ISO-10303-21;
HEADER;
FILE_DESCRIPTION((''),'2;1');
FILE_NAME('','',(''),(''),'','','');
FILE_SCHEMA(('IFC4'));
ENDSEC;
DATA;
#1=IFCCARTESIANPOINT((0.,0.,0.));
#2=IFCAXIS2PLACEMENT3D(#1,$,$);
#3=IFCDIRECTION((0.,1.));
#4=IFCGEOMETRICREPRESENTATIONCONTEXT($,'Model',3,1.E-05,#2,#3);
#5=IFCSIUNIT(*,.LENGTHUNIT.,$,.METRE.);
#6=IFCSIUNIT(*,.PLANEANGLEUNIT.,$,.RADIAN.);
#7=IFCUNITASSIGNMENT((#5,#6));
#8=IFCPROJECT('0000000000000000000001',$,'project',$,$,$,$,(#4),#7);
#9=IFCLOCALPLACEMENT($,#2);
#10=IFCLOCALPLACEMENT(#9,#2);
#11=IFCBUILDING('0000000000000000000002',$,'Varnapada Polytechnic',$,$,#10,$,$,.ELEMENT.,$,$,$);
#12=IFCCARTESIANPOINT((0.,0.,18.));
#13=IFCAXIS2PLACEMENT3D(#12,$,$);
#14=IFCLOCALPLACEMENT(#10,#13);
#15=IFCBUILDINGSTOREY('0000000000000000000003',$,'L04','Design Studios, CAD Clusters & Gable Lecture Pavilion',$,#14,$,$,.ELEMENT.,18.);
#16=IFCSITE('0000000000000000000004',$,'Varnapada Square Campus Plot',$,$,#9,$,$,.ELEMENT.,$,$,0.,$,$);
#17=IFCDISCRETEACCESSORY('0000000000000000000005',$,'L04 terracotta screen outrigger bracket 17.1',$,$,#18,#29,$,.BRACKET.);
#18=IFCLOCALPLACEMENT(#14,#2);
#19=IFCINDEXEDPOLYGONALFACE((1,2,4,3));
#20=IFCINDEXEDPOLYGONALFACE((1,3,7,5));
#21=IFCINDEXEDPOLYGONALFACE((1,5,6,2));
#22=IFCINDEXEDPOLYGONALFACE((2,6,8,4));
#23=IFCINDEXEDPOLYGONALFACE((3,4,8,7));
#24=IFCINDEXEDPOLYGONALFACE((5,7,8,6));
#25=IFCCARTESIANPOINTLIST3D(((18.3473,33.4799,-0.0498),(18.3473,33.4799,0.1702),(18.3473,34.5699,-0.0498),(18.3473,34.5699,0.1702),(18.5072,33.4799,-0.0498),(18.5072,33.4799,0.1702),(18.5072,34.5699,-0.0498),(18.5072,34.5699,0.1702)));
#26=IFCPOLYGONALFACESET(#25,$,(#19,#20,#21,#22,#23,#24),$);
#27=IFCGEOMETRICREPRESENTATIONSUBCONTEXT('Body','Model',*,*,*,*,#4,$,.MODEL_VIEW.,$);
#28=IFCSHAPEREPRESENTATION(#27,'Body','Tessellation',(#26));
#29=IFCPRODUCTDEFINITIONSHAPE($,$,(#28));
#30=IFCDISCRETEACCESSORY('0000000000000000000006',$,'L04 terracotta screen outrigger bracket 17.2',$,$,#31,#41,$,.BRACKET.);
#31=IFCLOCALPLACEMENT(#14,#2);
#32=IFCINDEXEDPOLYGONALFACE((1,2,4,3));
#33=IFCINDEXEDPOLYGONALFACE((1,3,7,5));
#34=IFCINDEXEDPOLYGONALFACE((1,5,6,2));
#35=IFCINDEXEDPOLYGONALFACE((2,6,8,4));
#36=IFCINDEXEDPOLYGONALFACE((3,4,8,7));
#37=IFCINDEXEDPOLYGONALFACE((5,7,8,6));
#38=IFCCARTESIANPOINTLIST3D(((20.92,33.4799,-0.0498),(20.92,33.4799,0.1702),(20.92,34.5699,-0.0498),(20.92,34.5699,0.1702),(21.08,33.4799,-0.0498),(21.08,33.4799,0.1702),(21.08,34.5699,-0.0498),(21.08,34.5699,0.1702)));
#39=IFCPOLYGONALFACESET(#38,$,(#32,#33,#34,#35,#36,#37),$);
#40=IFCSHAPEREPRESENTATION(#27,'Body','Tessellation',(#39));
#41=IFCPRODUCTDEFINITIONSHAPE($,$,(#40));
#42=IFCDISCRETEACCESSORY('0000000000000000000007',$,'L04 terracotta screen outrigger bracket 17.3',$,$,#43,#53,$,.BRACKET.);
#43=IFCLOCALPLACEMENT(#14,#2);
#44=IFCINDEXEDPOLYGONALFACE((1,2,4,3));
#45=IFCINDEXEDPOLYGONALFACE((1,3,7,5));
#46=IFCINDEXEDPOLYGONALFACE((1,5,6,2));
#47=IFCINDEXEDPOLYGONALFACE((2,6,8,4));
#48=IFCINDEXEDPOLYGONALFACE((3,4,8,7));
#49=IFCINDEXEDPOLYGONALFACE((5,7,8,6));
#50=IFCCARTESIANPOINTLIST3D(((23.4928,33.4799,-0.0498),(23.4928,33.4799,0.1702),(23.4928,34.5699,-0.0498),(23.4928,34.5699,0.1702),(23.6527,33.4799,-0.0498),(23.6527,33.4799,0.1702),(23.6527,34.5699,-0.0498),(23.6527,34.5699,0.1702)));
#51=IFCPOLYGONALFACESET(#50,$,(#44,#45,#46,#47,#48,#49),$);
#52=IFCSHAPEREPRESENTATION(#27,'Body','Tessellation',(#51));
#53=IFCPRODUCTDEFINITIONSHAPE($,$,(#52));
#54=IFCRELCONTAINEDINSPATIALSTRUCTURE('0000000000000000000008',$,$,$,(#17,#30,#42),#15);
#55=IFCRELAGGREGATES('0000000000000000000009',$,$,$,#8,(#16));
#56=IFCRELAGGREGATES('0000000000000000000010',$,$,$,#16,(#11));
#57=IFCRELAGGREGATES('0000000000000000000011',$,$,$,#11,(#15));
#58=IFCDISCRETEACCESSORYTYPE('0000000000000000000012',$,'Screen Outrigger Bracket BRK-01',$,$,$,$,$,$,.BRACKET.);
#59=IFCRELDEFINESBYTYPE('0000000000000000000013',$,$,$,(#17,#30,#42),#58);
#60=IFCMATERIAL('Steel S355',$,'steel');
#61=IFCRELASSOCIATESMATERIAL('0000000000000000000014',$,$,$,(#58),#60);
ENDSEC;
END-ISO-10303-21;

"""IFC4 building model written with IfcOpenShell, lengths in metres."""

from ifc_helpers import new_model, si_unit, direction, frame, origin, origin_2d, place, context, subcontext, project, spatial, rectangle, extrude, material, type_object, element, save


model = new_model("IFC4")

# Units and contexts
model_context = context("Model", 3, precision=1e-05, world=origin(), true_north=direction((0.0, 1.0)))
body_context = subcontext(model_context, "Body", "Model", "MODEL_VIEW")
ifc_project = project(units=[si_unit("LENGTHUNIT", "METRE"), si_unit("PLANEANGLEUNIT", "RADIAN")], contexts=[model_context])

# Site, building, storey
site_placement = place(None, origin())
site = spatial("IfcSite", under=ifc_project, at=site_placement, Name="Varnapada Square Campus Plot", CompositionType="ELEMENT", RefElevation=0.0)
building_placement = place(site_placement, origin())
building = spatial("IfcBuilding", under=site, at=building_placement, Name="Varnapada Polytechnic", CompositionType="ELEMENT")
storey_placement = place(building_placement, frame((0.0, 0.0, 18.0)))
storey = spatial("IfcBuildingStorey", under=building, at=storey_placement, Name="L04", Description="Design Studios, CAD Clusters & Gable Lecture Pavilion", CompositionType="ELEMENT", Elevation=18.0)

# Discrete accessories
ifc_material_1 = material(Name="Steel S355", Category="steel")
discrete_accessory_type = type_object("IfcDiscreteAccessoryType", Name="Screen Outrigger Bracket BRK-01", PredefinedType="BRACKET", material=ifc_material_1)
for number, where, z_axis, x_axis, name in (
    (1, (18.4272, 34.0249, -0.0498), (0.0, 0.0, 1.0), (1.0, 0.0, 0.0), "L04 terracotta screen outrigger bracket 17.1"),
    (2, (21.0, 34.0249, -0.0498), (0.0, 0.0, 1.0), (1.0, 0.0, 0.0), "L04 terracotta screen outrigger bracket 17.2"),
    (3, (23.5728, 34.0249, -0.0498), (0.0, 0.0, 1.0), (1.0, 0.0, 0.0), "L04 terracotta screen outrigger bracket 17.3"),
):
    element("IfcDiscreteAccessory", number, at=place(storey_placement, frame(where, z_axis=z_axis, x_axis=x_axis)), inside=storey, type_object=discrete_accessory_type, Name=name, PredefinedType="BRACKET", context=body_context, shape_type="SweptSolid", body=[
        extrude(rectangle(XDim=0.1599, YDim=1.0901, at=origin_2d()), origin(), (0.0, 0.0, 1.0), 0.22),
    ])

save(model, "model.ifc")
